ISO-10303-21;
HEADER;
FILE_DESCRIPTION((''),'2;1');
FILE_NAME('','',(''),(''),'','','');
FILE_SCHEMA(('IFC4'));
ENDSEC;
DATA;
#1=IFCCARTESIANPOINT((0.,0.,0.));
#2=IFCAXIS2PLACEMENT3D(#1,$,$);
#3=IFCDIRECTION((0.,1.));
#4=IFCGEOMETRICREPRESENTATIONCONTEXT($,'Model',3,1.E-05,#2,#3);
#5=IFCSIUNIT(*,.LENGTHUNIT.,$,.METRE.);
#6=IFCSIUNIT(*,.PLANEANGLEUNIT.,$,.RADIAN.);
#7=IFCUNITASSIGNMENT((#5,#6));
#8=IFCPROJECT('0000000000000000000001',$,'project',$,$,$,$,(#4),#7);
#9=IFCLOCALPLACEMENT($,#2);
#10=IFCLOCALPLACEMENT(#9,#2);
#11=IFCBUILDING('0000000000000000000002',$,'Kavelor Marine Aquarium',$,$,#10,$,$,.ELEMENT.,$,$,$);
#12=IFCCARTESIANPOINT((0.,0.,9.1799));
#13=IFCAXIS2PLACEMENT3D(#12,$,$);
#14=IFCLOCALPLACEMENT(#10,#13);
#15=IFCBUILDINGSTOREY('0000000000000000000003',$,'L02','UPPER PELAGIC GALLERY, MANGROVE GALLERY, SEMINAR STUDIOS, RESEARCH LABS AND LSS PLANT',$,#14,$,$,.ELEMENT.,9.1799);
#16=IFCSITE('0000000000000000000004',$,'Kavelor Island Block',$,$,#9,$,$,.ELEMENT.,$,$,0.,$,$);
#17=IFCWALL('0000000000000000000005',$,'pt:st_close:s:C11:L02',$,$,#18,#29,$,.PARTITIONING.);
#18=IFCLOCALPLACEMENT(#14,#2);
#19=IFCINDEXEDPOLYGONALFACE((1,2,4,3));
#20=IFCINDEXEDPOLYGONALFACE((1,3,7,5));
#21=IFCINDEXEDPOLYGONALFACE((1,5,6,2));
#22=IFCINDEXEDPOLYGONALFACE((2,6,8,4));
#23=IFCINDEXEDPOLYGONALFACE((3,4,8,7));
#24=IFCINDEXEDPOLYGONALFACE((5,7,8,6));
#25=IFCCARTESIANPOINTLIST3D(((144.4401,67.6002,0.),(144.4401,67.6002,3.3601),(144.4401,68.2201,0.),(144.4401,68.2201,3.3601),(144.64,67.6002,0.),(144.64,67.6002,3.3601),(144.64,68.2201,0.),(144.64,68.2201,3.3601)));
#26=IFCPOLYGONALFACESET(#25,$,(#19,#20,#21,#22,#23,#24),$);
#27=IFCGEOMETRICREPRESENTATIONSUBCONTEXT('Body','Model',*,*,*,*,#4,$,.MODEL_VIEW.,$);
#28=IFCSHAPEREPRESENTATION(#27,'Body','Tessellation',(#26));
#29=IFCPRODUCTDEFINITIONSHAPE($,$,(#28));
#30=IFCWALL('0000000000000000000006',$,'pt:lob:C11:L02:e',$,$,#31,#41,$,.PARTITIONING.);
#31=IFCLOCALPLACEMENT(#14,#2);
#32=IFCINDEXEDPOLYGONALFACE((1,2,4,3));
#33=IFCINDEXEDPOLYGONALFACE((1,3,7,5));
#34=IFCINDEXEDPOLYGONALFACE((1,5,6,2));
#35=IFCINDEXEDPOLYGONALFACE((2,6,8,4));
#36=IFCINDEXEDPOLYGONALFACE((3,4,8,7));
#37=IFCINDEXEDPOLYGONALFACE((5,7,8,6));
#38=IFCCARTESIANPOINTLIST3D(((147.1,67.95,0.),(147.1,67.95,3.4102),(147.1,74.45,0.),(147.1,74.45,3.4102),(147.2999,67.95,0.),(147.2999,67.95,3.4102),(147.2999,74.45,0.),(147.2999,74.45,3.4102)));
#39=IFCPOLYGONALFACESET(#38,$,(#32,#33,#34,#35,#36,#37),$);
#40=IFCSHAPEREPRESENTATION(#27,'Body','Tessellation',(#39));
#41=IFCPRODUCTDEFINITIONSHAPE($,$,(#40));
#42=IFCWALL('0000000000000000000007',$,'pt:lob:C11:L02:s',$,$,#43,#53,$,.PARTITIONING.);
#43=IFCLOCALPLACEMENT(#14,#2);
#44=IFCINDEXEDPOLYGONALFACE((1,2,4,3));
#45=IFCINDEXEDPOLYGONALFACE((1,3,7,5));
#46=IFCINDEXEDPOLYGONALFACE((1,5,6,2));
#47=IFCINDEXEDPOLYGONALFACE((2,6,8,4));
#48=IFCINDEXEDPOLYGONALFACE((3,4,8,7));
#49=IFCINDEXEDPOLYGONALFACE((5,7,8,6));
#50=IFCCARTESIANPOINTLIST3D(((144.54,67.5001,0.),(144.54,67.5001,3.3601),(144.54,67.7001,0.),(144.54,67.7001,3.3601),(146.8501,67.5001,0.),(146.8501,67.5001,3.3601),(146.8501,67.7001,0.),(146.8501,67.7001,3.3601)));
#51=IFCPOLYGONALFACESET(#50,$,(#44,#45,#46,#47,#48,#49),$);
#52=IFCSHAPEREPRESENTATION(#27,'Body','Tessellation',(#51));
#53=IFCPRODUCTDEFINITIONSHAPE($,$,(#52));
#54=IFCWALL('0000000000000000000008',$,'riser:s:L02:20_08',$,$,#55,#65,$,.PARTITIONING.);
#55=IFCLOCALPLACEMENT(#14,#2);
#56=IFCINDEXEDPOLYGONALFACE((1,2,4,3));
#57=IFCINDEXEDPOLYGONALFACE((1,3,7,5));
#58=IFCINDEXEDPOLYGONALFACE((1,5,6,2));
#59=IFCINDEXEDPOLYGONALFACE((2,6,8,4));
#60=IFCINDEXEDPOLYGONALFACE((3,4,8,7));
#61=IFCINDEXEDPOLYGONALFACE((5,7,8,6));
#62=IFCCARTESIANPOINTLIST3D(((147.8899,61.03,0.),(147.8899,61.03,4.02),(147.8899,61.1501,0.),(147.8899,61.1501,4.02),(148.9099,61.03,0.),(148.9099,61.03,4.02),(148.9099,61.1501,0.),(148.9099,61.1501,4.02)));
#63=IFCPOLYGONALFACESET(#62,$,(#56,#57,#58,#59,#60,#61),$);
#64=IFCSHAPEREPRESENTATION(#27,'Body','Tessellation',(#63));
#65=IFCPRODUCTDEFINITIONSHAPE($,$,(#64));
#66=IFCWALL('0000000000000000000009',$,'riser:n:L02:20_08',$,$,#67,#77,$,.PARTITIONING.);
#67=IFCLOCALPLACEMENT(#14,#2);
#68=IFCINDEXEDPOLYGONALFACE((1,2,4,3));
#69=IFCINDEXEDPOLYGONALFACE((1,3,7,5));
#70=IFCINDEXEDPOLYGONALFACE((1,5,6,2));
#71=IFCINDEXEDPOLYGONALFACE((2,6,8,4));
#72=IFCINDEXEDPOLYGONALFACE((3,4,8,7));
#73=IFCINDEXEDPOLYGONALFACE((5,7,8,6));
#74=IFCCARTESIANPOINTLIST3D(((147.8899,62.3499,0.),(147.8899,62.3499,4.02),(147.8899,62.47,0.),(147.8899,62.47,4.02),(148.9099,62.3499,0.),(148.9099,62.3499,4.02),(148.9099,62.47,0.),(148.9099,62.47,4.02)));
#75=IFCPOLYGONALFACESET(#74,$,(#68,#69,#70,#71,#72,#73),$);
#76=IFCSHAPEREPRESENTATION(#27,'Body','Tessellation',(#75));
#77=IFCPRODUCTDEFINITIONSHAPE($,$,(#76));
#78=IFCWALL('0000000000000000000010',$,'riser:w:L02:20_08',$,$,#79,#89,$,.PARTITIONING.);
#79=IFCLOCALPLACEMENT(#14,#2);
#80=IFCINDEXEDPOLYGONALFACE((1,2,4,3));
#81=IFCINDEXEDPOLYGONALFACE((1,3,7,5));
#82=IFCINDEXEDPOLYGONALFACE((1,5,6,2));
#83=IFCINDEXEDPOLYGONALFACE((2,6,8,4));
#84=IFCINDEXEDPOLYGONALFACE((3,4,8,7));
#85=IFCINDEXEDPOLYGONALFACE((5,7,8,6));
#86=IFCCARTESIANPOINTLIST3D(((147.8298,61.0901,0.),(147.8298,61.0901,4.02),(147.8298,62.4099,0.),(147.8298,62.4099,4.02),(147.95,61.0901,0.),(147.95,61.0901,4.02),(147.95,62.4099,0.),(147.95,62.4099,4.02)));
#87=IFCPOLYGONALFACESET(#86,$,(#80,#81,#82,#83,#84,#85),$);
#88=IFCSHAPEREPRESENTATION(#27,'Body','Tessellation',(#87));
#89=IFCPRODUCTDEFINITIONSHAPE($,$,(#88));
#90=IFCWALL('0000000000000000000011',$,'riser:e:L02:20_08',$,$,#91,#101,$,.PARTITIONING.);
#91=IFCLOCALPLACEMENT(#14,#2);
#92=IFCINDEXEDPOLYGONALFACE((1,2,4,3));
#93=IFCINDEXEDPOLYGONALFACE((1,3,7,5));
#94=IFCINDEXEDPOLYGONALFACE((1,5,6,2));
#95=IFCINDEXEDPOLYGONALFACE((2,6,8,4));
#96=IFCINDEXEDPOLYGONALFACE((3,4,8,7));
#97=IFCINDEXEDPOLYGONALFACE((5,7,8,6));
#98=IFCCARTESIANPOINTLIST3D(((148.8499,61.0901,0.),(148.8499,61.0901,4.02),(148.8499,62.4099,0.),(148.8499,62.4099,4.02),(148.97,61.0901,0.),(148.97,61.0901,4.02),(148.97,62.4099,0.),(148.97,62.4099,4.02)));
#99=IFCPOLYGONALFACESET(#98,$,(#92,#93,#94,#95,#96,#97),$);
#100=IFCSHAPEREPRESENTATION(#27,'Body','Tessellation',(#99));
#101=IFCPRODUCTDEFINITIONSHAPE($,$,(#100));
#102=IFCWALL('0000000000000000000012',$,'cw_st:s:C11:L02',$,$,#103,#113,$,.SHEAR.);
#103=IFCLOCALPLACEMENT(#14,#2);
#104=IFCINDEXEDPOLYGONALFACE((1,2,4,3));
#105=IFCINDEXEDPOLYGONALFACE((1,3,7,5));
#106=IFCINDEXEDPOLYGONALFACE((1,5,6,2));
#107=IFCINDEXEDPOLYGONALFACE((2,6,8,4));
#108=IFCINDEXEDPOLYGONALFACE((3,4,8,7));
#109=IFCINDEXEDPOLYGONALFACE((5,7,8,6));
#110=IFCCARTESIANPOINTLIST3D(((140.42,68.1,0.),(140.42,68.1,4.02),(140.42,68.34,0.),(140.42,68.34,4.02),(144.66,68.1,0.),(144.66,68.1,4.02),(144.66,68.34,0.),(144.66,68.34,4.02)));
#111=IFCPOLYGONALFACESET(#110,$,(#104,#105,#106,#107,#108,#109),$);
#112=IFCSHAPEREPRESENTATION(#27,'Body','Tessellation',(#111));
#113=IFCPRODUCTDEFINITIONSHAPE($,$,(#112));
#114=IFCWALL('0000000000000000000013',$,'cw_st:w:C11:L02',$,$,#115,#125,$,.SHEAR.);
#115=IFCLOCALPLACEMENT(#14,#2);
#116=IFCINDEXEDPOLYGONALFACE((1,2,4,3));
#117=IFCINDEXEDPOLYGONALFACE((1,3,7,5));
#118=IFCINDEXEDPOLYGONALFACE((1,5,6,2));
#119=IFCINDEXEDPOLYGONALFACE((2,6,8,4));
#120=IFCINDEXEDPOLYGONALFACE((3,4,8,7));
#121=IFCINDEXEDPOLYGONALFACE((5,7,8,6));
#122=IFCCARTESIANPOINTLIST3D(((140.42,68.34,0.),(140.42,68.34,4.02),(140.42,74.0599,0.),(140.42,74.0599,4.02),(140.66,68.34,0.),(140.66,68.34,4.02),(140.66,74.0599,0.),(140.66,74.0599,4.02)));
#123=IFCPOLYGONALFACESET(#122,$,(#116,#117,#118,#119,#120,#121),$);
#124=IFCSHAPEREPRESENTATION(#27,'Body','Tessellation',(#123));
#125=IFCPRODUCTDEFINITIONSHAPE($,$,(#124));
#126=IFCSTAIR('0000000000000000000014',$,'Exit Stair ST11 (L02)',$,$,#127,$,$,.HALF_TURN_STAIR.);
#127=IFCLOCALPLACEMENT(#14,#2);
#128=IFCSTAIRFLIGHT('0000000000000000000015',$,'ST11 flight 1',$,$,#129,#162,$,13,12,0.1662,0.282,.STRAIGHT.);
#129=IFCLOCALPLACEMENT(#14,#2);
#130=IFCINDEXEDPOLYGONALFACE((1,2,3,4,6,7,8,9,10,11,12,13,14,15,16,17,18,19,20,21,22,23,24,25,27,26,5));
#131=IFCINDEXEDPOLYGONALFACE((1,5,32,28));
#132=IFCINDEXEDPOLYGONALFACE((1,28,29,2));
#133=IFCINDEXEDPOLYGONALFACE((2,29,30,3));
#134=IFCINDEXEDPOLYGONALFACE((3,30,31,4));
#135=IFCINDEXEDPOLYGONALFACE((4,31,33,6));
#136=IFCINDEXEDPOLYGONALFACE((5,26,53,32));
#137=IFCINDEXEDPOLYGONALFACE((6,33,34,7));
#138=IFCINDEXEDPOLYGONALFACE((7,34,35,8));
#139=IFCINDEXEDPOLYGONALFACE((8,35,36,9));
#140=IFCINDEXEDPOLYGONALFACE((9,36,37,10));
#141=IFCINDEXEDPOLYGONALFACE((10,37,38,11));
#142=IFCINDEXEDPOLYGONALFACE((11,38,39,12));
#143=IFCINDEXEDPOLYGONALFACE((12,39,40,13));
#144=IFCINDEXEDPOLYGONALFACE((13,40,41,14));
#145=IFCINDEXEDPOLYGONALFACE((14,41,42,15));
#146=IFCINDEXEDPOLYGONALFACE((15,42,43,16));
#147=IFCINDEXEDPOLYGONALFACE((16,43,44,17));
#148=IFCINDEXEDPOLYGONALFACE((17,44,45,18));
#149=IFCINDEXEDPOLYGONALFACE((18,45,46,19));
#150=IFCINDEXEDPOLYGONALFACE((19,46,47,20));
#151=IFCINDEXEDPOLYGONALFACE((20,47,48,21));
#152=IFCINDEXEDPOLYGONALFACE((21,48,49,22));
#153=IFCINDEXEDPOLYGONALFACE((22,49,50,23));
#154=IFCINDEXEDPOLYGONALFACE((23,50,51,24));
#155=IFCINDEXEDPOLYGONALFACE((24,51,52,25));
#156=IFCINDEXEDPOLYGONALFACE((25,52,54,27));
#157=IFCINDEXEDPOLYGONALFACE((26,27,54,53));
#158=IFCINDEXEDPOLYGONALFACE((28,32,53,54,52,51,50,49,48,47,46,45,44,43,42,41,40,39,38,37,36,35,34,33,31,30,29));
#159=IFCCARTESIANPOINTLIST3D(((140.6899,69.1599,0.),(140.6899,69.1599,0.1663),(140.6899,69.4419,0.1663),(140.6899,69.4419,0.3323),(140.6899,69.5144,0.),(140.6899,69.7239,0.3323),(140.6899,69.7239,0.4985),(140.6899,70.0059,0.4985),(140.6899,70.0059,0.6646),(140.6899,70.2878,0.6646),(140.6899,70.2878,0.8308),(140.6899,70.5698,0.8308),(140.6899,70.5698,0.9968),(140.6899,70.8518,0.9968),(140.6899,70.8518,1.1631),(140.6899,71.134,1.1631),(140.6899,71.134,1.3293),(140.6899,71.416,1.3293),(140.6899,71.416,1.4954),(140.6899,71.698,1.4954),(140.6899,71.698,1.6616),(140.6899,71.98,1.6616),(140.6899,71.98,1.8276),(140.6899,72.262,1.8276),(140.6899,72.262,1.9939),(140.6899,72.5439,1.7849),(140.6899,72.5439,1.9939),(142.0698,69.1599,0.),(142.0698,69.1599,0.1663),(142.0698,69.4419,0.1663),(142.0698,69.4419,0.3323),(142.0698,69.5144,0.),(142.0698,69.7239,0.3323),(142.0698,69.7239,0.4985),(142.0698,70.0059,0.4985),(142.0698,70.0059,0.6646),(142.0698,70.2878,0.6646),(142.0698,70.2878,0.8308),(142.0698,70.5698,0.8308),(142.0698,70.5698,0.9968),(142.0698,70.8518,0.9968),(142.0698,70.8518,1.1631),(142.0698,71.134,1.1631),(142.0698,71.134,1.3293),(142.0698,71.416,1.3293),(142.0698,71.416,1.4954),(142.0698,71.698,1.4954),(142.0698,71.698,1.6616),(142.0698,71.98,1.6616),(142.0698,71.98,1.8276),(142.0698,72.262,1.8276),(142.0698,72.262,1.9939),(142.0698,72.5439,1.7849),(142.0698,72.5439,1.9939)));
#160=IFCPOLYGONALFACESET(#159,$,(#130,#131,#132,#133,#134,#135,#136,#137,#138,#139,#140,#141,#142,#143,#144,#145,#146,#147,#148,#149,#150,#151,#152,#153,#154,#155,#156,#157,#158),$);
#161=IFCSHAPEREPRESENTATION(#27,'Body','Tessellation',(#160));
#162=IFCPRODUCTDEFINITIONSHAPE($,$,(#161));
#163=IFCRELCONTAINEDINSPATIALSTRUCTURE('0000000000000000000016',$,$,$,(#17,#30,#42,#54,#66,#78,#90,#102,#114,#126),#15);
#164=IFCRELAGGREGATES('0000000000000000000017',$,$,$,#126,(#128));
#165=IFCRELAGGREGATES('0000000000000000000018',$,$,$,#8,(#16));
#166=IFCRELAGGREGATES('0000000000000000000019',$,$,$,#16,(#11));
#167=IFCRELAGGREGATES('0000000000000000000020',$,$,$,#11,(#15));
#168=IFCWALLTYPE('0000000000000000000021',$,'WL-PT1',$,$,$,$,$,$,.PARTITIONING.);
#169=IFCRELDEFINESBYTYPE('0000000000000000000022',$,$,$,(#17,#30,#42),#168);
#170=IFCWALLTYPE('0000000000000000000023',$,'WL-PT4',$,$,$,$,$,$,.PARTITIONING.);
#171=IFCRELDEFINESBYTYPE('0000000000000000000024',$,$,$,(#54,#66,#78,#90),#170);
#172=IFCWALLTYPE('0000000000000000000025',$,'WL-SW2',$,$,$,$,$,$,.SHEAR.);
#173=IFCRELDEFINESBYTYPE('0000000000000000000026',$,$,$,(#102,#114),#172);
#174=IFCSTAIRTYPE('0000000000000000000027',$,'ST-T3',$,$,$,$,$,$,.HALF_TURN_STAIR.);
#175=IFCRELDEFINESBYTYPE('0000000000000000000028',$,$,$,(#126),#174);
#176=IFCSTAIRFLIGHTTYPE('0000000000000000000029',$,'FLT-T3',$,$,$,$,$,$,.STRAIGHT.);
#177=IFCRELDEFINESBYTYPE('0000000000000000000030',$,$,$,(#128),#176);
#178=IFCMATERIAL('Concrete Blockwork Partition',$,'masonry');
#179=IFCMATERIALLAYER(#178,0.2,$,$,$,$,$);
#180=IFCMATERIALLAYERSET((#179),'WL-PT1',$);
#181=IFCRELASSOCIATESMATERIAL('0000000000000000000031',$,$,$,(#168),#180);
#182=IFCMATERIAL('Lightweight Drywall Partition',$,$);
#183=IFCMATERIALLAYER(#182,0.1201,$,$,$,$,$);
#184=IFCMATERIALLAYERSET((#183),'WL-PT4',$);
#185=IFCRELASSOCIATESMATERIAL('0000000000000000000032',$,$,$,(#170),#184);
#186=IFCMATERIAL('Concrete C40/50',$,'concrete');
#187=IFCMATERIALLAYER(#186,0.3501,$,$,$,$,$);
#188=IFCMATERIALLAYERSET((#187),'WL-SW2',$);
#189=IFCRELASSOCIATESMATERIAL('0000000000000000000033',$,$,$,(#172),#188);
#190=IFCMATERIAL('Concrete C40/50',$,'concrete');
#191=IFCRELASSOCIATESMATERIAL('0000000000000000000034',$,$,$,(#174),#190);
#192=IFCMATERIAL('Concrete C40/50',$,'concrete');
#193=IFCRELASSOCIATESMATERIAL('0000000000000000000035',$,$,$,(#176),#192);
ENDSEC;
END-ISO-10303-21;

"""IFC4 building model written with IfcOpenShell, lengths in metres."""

from ifc_helpers import new_model, si_unit, direction, frame, frame_2d, origin, place, context, subcontext, project, spatial, polyline, rectangle, outline, extrude, material, layer, layer_set, type_object, element, aggregate, save


model = new_model("IFC4")

# Units and contexts
model_context = context("Model", 3, precision=1e-05, world=origin(), true_north=direction((0.0, 1.0)))
body_context = subcontext(model_context, "Body", "Model", "MODEL_VIEW")
ifc_project = project(units=[si_unit("LENGTHUNIT", "METRE"), si_unit("PLANEANGLEUNIT", "RADIAN")], contexts=[model_context])

# Site, building, storey
site_placement = place(None, origin())
site = spatial("IfcSite", under=ifc_project, at=site_placement, Name="Kavelor Island Block", CompositionType="ELEMENT", RefElevation=0.0)
building_placement = place(site_placement, origin())
building = spatial("IfcBuilding", under=site, at=building_placement, Name="Kavelor Marine Aquarium", CompositionType="ELEMENT")
storey_placement = place(building_placement, frame((0.0, 0.0, 9.1799)))
storey = spatial("IfcBuildingStorey", under=building, at=storey_placement, Name="L02", Description="UPPER PELAGIC GALLERY, MANGROVE GALLERY, SEMINAR STUDIOS, RESEARCH LABS AND LSS PLANT", CompositionType="ELEMENT", Elevation=9.1799)

# Walls
ifc_material_1 = material(Name="Concrete Blockwork Partition", Category="masonry")
ifc_layer_1 = layer(ifc_material_1, 0.2)
ifc_layer_set_1 = layer_set([ifc_layer_1], Name="WL-PT1")
wall_type_1 = type_object("IfcWallType", Name="WL-PT1", PredefinedType="PARTITIONING", material=ifc_layer_set_1)
wall_1_placement = place(storey_placement, frame((144.54, 67.6001, 0.0), z_axis=(0.0, 0.0, 1.0), x_axis=(0.0, 1.0, 0.0)))
element("IfcWall", 1, at=wall_1_placement, inside=storey, type_object=wall_type_1, Name="pt:st_close:s:C11:L02", PredefinedType="PARTITIONING", context=body_context, shape_type="SweptSolid", body=[
    extrude(rectangle(XDim=0.6199, YDim=0.2, at=frame_2d((0.3101, 0.0))), origin(), (0.0, 0.0, 1.0), 3.3601),
])
wall_2_placement = place(storey_placement, frame((147.2, 67.95, 0.0), z_axis=(0.0, 0.0, 1.0), x_axis=(0.0, 1.0, 0.0)))
element("IfcWall", 2, at=wall_2_placement, inside=storey, type_object=wall_type_1, Name="pt:lob:C11:L02:e", PredefinedType="PARTITIONING", context=body_context, shape_type="SweptSolid", body=[
    extrude(rectangle(XDim=6.5, YDim=0.2, at=frame_2d((3.25, 0.0))), origin(), (0.0, 0.0, 1.0), 3.4102),
])
wall_3_placement = place(storey_placement, frame((144.54, 67.6001, 0.0), z_axis=(0.0, 0.0, 1.0), x_axis=(1.0, 0.0, 0.0)))
element("IfcWall", 3, at=wall_3_placement, inside=storey, type_object=wall_type_1, Name="pt:lob:C11:L02:s", PredefinedType="PARTITIONING", context=body_context, shape_type="SweptSolid", body=[
    extrude(rectangle(XDim=2.3101, YDim=0.2, at=frame_2d((1.155, 0.0))), origin(), (0.0, 0.0, 1.0), 3.3601),
])
ifc_material_2 = material(Name="Lightweight Drywall Partition")
ifc_layer_2 = layer(ifc_material_2, 0.1201)
ifc_layer_set_2 = layer_set([ifc_layer_2], Name="WL-PT4")
wall_type_2 = type_object("IfcWallType", Name="WL-PT4", PredefinedType="PARTITIONING", material=ifc_layer_set_2)
for number, where, z_axis, x_axis, name in (
    (4, (147.8899, 61.0901, 0.0), (0.0, 0.0, 1.0), (1.0, 0.0, 0.0), "riser:s:L02:20_08"),
    (5, (147.8899, 62.4099, 0.0), (0.0, 0.0, 1.0), (1.0, 0.0, 0.0), "riser:n:L02:20_08"),
):
    element("IfcWall", number, at=place(storey_placement, frame(where, z_axis=z_axis, x_axis=x_axis)), inside=storey, type_object=wall_type_2, Name=name, PredefinedType="PARTITIONING", context=body_context, shape_type="SweptSolid", body=[
        extrude(rectangle(XDim=1.02, YDim=0.1201, at=frame_2d((0.51, 0.0))), origin(), (0.0, 0.0, 1.0), 4.02),
    ])
for number, where, z_axis, x_axis, name in (
    (6, (147.8899, 61.0901, 0.0), (0.0, 0.0, 1.0), (0.0, 1.0, 0.0), "riser:w:L02:20_08"),
    (7, (148.9099, 61.0901, 0.0), (0.0, 0.0, 1.0), (0.0, 1.0, 0.0), "riser:e:L02:20_08"),
):
    element("IfcWall", number, at=place(storey_placement, frame(where, z_axis=z_axis, x_axis=x_axis)), inside=storey, type_object=wall_type_2, Name=name, PredefinedType="PARTITIONING", context=body_context, shape_type="SweptSolid", body=[
        extrude(rectangle(XDim=1.3198, YDim=0.1201, at=frame_2d((0.6599, 0.0))), origin(), (0.0, 0.0, 1.0), 4.02),
    ])
ifc_material_3 = material(Name="Concrete C40/50", Category="concrete")
ifc_layer_3 = layer(ifc_material_3, 0.3501)
ifc_layer_set_3 = layer_set([ifc_layer_3], Name="WL-SW2")
wall_type_3 = type_object("IfcWallType", Name="WL-SW2", PredefinedType="SHEAR", material=ifc_layer_set_3)
wall_4_placement = place(storey_placement, frame((140.4199, 68.22, 0.0), z_axis=(0.0, 0.0, 1.0), x_axis=(1.0, 0.0, 0.0)))
element("IfcWall", 8, at=wall_4_placement, inside=storey, type_object=wall_type_3, Name="cw_st:s:C11:L02", PredefinedType="SHEAR", context=body_context, shape_type="SweptSolid", body=[
    extrude(rectangle(XDim=4.24, YDim=0.24, at=frame_2d((2.1201, 0.0))), origin(), (0.0, 0.0, 1.0), 4.02),
])
wall_5_placement = place(storey_placement, frame((140.54, 68.3401, 0.0), z_axis=(0.0, 0.0, 1.0), x_axis=(0.0, 1.0, 0.0)))
element("IfcWall", 9, at=wall_5_placement, inside=storey, type_object=wall_type_3, Name="cw_st:w:C11:L02", PredefinedType="SHEAR", context=body_context, shape_type="SweptSolid", body=[
    extrude(rectangle(XDim=5.72, YDim=0.24, at=frame_2d((2.8599, 0.0))), origin(), (0.0, 0.0, 1.0), 4.02),
])

# Stair, stair flight
ifc_material_4 = material(Name="Concrete C40/50", Category="concrete")
stair_type = type_object("IfcStairType", Name="ST-T3", PredefinedType="HALF_TURN_STAIR", material=ifc_material_4)
stair_placement = place(storey_placement, origin())
stair = element("IfcStair", 10, at=stair_placement, inside=storey, type_object=stair_type, Name="Exit Stair ST11 (L02)", PredefinedType="HALF_TURN_STAIR")
ifc_material_5 = material(Name="Concrete C40/50", Category="concrete")
stair_flight_type = type_object("IfcStairFlightType", Name="FLT-T3", PredefinedType="STRAIGHT", material=ifc_material_5)
stair_flight_placement = place(storey_placement, frame((141.3799, 69.1599, 0.0), z_axis=(0.0, 0.0, 1.0), x_axis=(0.0, 1.0, 0.0)))
stair_flight = element("IfcStairFlight", 11, at=stair_flight_placement, type_object=stair_flight_type, Name="ST11 flight 1", NumberOfRisers=13, NumberOfTreads=12, PredefinedType="STRAIGHT", RiserHeight=0.1662, TreadLength=0.282, context=body_context, shape_type="SweptSolid", body=[
    extrude(outline(polyline([(0.0, 0.0), (0.0, 0.1663), (0.282, 0.1663), (0.282, 0.3323), (0.564, 0.3323), (0.564, 0.4985), (0.8459, 0.4985), (0.8459, 0.6646), (1.1279, 0.6646), (1.1279, 0.8308), (1.4099, 0.8308), (1.4099, 0.9968), (1.6919, 0.9968), (1.6919, 1.1631), (1.9741, 1.1631), (1.9741, 1.3293), (2.2561, 1.3293), (2.2561, 1.4954), (2.5381, 1.4954), (2.5381, 1.6616), (2.8201, 1.6616), (2.8201, 1.8276), (3.1021, 1.8276), (3.1021, 1.9939), (3.384, 1.9939), (3.384, 2.1599), (3.384, 1.7849), (0.3545, 0.0), (0.0, 0.0)])), frame((0.0, 0.6899, 0.0), z_axis=(0.0, -1.0, 0.0), x_axis=(1.0, 0.0, 0.0)), (0.0, 0.0, 1.0), 1.3799),
])
aggregate(stair, [stair_flight])

save(model, "model.ifc")
